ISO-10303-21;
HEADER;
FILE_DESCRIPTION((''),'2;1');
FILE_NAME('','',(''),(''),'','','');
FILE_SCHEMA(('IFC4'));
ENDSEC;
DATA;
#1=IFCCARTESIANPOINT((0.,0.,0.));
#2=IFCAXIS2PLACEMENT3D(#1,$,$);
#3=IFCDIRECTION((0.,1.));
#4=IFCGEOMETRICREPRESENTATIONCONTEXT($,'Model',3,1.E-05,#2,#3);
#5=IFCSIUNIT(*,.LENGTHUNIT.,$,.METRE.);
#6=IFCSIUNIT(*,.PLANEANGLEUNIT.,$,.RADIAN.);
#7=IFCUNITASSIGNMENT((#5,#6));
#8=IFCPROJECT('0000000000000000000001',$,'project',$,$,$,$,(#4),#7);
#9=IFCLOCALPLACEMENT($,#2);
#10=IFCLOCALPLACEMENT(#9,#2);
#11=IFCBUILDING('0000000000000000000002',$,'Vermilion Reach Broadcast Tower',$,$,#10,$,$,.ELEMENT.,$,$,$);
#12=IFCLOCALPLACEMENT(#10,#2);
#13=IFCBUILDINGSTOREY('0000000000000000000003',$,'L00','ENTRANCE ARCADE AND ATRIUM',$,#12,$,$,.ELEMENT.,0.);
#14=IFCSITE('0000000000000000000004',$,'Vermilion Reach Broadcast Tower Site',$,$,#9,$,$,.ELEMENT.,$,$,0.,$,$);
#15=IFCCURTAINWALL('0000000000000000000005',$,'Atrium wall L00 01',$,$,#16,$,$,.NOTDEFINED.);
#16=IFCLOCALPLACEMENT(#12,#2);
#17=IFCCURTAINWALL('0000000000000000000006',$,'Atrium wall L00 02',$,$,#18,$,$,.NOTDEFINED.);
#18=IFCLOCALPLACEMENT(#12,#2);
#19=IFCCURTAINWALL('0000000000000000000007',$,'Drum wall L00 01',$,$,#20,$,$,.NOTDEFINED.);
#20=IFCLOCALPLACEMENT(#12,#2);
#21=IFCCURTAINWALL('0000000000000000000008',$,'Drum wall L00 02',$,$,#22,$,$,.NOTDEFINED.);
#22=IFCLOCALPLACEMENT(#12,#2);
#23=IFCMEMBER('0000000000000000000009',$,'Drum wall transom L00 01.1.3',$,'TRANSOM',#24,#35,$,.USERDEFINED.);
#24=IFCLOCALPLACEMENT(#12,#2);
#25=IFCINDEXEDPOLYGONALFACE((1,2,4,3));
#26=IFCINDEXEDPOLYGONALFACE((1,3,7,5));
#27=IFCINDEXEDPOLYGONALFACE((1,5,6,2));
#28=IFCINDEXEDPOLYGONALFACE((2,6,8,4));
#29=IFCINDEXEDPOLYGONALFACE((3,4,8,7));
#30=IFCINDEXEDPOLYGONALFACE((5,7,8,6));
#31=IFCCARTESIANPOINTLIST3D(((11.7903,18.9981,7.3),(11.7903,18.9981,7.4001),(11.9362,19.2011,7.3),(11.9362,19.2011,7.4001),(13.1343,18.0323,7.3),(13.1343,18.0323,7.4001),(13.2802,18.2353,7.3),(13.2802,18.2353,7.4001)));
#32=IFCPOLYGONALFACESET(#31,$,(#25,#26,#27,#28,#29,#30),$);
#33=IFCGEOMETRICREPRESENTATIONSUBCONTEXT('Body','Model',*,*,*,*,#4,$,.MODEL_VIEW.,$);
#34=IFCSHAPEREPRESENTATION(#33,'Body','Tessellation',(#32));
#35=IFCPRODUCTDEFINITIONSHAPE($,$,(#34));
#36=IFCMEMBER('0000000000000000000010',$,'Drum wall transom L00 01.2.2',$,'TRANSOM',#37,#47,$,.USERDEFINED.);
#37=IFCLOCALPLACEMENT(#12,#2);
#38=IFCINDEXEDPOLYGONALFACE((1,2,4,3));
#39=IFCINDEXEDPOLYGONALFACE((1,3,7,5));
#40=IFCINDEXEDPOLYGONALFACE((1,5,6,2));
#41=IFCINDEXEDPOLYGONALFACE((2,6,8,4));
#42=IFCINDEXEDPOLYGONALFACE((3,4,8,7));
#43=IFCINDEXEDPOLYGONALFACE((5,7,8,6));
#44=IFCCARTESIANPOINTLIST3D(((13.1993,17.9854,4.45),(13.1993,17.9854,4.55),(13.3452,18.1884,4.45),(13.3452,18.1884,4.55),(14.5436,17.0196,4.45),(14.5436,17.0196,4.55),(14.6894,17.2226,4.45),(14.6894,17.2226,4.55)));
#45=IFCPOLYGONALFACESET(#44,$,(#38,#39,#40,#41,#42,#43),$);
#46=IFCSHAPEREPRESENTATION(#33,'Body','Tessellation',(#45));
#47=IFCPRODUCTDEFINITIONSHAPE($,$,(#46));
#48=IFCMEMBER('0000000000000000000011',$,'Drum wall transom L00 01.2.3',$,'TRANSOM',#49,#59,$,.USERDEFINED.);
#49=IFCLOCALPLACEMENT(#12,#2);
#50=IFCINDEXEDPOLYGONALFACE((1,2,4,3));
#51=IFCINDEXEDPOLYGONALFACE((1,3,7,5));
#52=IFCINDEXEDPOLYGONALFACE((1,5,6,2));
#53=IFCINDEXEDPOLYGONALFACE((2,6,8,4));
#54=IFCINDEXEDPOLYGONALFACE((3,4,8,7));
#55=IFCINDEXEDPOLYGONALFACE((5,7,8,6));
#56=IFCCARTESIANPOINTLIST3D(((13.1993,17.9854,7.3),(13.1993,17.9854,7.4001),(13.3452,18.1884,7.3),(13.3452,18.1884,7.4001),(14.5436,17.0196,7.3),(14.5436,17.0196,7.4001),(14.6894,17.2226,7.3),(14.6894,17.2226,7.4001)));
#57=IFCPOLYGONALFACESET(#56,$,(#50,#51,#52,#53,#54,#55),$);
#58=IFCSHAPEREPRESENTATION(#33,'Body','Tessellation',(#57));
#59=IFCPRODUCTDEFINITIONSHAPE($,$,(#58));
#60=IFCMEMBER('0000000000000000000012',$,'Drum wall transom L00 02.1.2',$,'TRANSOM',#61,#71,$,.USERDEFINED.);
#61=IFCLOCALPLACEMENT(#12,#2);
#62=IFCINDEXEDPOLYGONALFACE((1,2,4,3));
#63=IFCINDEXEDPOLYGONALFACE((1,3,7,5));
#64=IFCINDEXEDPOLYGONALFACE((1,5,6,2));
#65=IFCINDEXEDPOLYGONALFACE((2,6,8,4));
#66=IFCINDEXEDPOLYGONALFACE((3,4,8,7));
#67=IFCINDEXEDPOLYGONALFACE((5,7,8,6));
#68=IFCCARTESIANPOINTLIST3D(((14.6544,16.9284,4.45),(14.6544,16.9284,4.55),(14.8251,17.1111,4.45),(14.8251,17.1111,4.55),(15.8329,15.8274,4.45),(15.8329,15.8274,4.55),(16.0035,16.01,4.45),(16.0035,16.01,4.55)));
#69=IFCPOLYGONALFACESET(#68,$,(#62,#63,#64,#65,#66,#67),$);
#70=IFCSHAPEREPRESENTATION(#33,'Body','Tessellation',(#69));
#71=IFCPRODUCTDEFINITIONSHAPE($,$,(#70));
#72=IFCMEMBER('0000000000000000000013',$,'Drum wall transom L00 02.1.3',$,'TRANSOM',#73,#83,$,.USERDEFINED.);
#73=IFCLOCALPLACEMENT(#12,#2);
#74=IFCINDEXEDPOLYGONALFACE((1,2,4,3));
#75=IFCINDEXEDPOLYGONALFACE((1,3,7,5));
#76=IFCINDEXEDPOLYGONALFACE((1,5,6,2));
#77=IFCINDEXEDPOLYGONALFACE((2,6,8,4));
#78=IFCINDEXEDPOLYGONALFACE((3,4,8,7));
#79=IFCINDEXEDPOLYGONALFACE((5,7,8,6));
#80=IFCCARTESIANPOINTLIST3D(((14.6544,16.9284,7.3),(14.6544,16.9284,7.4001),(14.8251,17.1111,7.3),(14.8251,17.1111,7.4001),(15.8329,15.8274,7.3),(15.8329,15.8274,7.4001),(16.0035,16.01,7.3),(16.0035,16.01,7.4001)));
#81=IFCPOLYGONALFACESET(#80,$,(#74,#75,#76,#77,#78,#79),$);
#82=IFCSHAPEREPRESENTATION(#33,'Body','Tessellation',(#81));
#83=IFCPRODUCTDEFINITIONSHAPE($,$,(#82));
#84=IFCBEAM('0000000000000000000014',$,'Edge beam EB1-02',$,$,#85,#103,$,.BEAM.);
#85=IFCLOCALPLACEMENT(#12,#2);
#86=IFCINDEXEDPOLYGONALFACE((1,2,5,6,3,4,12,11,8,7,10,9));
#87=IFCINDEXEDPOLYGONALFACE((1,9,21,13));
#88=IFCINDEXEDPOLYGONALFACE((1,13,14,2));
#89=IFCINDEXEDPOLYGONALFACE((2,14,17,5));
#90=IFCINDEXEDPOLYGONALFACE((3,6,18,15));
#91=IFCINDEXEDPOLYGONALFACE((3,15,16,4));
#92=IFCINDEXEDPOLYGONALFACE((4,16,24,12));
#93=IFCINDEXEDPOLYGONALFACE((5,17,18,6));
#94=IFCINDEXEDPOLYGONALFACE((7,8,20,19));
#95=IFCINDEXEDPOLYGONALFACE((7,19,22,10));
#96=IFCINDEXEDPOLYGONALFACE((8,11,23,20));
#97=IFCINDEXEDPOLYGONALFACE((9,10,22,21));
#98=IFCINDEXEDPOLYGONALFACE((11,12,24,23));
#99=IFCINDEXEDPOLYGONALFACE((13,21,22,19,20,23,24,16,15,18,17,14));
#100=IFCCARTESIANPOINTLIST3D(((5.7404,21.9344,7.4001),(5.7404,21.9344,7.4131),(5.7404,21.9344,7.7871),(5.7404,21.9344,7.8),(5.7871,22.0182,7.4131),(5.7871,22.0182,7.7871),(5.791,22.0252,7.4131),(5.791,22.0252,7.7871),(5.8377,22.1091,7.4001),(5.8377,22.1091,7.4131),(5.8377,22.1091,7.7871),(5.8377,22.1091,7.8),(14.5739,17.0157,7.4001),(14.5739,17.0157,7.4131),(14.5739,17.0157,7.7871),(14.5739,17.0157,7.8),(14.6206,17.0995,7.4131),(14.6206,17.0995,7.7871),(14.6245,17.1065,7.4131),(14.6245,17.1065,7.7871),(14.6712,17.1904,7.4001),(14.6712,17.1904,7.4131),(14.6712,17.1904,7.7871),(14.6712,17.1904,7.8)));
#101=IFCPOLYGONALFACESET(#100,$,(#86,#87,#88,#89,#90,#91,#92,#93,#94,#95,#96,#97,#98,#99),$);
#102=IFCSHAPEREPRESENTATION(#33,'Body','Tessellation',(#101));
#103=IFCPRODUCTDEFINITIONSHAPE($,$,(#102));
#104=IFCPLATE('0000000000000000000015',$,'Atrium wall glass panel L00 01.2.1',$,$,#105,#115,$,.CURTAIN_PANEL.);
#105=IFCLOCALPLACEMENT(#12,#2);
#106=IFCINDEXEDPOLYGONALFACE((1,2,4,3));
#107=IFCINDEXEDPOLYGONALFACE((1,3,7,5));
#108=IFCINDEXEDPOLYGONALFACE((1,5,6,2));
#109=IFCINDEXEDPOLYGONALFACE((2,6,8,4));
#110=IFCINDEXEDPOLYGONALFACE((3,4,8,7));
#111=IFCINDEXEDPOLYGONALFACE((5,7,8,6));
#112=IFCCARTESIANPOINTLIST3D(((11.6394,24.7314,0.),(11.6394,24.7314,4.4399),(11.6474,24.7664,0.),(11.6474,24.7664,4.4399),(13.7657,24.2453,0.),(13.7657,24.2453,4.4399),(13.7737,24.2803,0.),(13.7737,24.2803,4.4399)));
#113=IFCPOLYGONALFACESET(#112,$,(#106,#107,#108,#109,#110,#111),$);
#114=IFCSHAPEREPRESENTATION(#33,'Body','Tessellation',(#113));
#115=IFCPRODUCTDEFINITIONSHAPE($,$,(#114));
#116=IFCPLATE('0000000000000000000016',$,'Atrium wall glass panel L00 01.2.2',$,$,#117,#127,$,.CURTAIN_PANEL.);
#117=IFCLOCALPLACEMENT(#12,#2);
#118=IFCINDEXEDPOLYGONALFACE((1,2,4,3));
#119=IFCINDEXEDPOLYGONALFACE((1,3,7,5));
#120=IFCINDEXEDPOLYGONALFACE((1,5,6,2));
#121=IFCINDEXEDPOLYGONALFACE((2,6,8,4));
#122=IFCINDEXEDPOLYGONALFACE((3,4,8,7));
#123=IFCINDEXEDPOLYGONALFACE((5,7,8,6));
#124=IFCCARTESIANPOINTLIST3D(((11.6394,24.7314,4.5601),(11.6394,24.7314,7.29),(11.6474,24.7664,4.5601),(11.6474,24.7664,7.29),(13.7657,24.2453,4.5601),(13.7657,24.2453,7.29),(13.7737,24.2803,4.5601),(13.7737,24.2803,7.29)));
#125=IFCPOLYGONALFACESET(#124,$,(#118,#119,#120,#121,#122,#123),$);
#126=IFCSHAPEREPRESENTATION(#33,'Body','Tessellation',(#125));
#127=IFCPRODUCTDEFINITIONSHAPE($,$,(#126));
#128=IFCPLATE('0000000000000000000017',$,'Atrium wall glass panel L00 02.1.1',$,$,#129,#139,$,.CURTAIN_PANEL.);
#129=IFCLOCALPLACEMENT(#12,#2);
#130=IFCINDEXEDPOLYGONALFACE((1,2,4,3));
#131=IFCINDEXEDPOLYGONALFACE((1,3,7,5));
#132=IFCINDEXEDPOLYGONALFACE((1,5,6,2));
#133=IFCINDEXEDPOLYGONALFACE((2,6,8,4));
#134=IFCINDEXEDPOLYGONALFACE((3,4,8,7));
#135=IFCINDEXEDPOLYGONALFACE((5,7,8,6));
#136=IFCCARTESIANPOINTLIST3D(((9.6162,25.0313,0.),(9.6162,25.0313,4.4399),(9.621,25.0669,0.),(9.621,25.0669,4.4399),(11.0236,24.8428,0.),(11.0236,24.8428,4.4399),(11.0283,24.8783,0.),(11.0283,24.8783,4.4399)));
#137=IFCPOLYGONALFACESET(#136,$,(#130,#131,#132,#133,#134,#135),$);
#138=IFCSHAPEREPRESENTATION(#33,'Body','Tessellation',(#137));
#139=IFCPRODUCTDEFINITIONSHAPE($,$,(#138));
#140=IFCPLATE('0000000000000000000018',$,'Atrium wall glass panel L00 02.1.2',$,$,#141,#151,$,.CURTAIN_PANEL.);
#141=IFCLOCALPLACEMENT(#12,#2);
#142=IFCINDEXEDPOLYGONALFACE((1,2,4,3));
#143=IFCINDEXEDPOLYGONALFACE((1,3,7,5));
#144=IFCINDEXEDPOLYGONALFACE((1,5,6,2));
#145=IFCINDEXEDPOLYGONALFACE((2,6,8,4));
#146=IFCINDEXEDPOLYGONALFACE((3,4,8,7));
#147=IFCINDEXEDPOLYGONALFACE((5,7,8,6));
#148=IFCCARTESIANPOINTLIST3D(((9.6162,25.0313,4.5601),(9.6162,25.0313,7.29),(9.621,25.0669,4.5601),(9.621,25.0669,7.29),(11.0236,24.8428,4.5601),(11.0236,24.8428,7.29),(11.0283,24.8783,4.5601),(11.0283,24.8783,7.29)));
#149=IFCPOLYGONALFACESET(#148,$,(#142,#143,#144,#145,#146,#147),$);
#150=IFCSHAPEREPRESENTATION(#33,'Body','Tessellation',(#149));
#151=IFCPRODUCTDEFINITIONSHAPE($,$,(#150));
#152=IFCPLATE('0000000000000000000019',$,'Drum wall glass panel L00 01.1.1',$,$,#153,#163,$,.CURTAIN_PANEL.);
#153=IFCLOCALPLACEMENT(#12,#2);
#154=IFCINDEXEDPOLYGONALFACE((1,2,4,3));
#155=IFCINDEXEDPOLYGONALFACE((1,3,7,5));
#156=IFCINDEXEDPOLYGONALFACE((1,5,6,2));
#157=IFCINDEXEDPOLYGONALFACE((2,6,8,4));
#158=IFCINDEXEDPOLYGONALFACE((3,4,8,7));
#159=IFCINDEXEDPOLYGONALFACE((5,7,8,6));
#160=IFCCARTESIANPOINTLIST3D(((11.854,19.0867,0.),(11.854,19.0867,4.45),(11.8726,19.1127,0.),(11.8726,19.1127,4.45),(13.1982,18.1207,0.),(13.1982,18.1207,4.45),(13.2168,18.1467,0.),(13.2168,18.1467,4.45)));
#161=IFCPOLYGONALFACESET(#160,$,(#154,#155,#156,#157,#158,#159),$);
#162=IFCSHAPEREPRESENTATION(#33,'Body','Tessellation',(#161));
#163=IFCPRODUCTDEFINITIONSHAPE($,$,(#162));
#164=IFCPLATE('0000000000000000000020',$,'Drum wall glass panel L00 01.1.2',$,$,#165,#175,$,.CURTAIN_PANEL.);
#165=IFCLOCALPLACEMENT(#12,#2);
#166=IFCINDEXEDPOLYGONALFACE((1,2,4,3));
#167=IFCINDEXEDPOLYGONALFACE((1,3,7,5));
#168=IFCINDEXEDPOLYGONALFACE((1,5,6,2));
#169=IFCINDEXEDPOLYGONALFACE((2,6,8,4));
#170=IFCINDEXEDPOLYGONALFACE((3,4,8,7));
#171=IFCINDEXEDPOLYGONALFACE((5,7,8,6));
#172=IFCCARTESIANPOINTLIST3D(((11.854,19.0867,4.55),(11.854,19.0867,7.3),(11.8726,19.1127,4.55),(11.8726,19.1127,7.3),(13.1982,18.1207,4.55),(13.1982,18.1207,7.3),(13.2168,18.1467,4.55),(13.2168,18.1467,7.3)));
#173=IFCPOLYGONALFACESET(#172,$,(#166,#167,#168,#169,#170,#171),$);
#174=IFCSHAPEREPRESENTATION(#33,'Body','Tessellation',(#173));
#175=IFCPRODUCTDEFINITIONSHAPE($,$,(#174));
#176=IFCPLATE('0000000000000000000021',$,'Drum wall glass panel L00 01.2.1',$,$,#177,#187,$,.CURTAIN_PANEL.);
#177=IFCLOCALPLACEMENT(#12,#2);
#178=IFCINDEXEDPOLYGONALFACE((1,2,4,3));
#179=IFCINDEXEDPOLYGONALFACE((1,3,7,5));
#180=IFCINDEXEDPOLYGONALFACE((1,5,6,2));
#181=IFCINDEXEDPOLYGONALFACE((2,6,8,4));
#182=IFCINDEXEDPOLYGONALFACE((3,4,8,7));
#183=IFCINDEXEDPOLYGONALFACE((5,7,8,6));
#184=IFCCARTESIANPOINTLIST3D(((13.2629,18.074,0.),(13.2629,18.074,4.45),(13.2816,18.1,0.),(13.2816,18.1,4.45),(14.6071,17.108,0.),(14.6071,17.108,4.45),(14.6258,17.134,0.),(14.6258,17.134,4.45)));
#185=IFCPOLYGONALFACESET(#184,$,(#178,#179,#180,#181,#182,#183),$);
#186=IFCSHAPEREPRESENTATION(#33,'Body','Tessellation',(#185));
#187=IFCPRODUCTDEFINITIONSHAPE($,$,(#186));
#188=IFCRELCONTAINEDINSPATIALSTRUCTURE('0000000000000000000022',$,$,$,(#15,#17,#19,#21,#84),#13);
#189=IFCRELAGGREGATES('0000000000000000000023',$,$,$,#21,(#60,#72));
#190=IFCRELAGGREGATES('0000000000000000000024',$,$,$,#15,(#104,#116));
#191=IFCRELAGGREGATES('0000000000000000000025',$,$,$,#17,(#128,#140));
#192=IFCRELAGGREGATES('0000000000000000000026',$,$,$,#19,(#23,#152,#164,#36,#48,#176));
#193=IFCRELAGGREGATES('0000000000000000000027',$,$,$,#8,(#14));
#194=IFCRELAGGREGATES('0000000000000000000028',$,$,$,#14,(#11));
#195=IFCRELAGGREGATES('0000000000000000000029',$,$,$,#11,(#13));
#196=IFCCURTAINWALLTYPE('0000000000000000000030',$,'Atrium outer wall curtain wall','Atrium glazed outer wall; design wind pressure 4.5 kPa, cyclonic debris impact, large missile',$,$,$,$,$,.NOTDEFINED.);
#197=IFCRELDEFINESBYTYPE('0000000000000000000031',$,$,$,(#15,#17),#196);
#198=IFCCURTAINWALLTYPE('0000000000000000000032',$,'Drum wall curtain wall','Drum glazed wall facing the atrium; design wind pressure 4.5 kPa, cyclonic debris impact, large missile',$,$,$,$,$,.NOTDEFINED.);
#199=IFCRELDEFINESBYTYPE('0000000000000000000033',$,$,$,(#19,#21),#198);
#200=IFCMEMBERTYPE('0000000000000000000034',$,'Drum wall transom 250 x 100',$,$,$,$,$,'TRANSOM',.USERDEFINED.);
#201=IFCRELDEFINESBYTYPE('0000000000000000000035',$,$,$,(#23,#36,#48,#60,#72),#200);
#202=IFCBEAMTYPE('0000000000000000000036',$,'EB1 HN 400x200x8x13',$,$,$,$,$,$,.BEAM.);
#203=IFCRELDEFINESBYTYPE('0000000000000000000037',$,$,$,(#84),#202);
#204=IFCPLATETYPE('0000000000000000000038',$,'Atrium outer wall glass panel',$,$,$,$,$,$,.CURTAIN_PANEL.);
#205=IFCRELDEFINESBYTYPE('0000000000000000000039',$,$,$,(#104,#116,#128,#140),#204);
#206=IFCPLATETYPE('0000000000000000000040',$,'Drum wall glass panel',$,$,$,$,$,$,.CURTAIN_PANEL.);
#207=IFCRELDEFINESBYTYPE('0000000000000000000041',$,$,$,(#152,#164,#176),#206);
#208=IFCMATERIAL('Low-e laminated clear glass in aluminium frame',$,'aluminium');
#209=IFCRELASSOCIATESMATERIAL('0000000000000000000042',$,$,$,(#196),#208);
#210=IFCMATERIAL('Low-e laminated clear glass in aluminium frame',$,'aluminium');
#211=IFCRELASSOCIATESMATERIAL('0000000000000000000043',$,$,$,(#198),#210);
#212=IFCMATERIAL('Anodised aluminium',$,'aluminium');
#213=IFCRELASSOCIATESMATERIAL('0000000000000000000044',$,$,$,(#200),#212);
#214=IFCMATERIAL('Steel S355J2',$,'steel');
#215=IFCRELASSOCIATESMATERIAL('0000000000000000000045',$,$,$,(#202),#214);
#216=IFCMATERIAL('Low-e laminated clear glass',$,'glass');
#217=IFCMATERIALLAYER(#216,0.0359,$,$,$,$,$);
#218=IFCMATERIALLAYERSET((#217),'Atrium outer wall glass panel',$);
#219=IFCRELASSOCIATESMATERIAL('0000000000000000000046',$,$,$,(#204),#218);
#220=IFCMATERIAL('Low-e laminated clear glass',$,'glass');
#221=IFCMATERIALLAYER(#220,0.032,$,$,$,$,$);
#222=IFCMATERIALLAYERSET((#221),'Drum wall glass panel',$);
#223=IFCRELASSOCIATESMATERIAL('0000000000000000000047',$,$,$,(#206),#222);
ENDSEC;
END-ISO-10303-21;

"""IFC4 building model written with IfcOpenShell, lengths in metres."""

from ifc_helpers import new_model, si_unit, direction, frame, origin, origin_2d, place, context, subcontext, project, spatial, rectangle, i_section, extrude, material, layer, layer_set, material_profile, profile_set, type_object, element, aggregate, save


model = new_model("IFC4")

# Units and contexts
model_context = context("Model", 3, precision=1e-05, world=origin(), true_north=direction((0.0, 1.0)))
body_context = subcontext(model_context, "Body", "Model", "MODEL_VIEW")
ifc_project = project(units=[si_unit("LENGTHUNIT", "METRE"), si_unit("PLANEANGLEUNIT", "RADIAN")], contexts=[model_context])

# Site, building, storey
site_placement = place(None, origin())
site = spatial("IfcSite", under=ifc_project, at=site_placement, Name="Vermilion Reach Broadcast Tower Site", CompositionType="ELEMENT", RefElevation=0.0)
building_placement = place(site_placement, origin())
building = spatial("IfcBuilding", under=site, at=building_placement, Name="Vermilion Reach Broadcast Tower", CompositionType="ELEMENT")
storey_placement = place(building_placement, origin())
storey = spatial("IfcBuildingStorey", under=building, at=storey_placement, Name="L00", Description="ENTRANCE ARCADE AND ATRIUM", CompositionType="ELEMENT", Elevation=0.0)

# Curtain wall
ifc_material_1 = material(Name="Low-e laminated clear glass in aluminium frame", Category="aluminium")
curtain_wall_type_1 = type_object("IfcCurtainWallType", Name="Atrium outer wall curtain wall", Description="Atrium glazed outer wall; design wind pressure 4.5 kPa, cyclonic debris impact, large missile", PredefinedType="NOTDEFINED", material=ifc_material_1)
placement = place(storey_placement, origin())
curtain_wall_1 = element("IfcCurtainWall", 1, at=placement, inside=storey, type_object=curtain_wall_type_1, Name="Atrium wall L00 01", PredefinedType="NOTDEFINED")

# Curtain wall
curtain_wall_2 = element("IfcCurtainWall", 2, at=placement, inside=storey, type_object=curtain_wall_type_1, Name="Atrium wall L00 02", PredefinedType="NOTDEFINED")

# Curtain wall
ifc_material_2 = material(Name="Low-e laminated clear glass in aluminium frame", Category="aluminium")
curtain_wall_type_2 = type_object("IfcCurtainWallType", Name="Drum wall curtain wall", Description="Drum glazed wall facing the atrium; design wind pressure 4.5 kPa, cyclonic debris impact, large missile", PredefinedType="NOTDEFINED", material=ifc_material_2)
curtain_wall_3 = element("IfcCurtainWall", 3, at=placement, inside=storey, type_object=curtain_wall_type_2, Name="Drum wall L00 01", PredefinedType="NOTDEFINED")

# Curtain wall
curtain_wall_4 = element("IfcCurtainWall", 4, at=placement, inside=storey, type_object=curtain_wall_type_2, Name="Drum wall L00 02", PredefinedType="NOTDEFINED")

# Members
ifc_material_3 = material(Name="Anodised aluminium", Category="aluminium")
ifc_material_profile_1 = material_profile(ifc_material_3, rectangle(XDim=0.25, YDim=0.1001, at=origin_2d()), Name="Drum wall transom 250 x 100")
ifc_profile_set_1 = profile_set([ifc_material_profile_1], Name="Anodised aluminium")
member_type_1 = type_object("IfcMemberType", Name="Drum wall transom 250 x 100", ElementType="TRANSOM", PredefinedType="USERDEFINED", material=ifc_profile_set_1)
member_1_placement = place(storey_placement, frame((11.8633, 19.0996, 7.3501), z_axis=(0.812066, -0.583566, 0.0), x_axis=(0.583566, 0.812066, 0.0)))
member_1 = element("IfcMember", 5, at=member_1_placement, type_object=member_type_1, Name="Drum wall transom L00 01.1.3", ObjectType="TRANSOM", PredefinedType="USERDEFINED", context=body_context, shape_type="SweptSolid", body=[
    extrude(rectangle(XDim=0.25, YDim=0.1001, at=origin_2d()), origin(), (0.0, 0.0, 1.0), 1.655),
])
member_2_placement = place(storey_placement, frame((13.2722, 18.0869, 4.5), z_axis=(0.812116, -0.583496, 0.0), x_axis=(0.583496, 0.812116, 0.0)))
member_2 = element("IfcMember", 6, at=member_2_placement, type_object=member_type_1, Name="Drum wall transom L00 01.2.2", ObjectType="TRANSOM", PredefinedType="USERDEFINED", context=body_context, shape_type="SweptSolid", body=[
    extrude(rectangle(XDim=0.25, YDim=0.1001, at=origin_2d()), origin(), (0.0, 0.0, 1.0), 1.6553),
])
member_3_placement = place(storey_placement, frame((13.2722, 18.0869, 7.3501), z_axis=(0.812116, -0.583496, 0.0), x_axis=(0.583496, 0.812116, 0.0)))
member_3 = element("IfcMember", 7, at=member_3_placement, type_object=member_type_1, Name="Drum wall transom L00 01.2.3", ObjectType="TRANSOM", PredefinedType="USERDEFINED", context=body_context, shape_type="SweptSolid", body=[
    extrude(rectangle(XDim=0.25, YDim=0.1001, at=origin_2d()), origin(), (0.0, 0.0, 1.0), 1.6553),
])
member_4_placement = place(storey_placement, frame((14.7397, 17.0198, 4.5), z_axis=(0.730693, -0.682706, 0.0), x_axis=(0.682706, 0.730693, 0.0)))
member_4 = element("IfcMember", 8, at=member_4_placement, type_object=member_type_1, Name="Drum wall transom L00 02.1.2", ObjectType="TRANSOM", PredefinedType="USERDEFINED", context=body_context, shape_type="SweptSolid", body=[
    extrude(rectangle(XDim=0.25, YDim=0.1001, at=origin_2d()), origin(), (0.0, 0.0, 1.0), 1.6128),
])
member_5_placement = place(storey_placement, frame((14.7397, 17.0198, 7.3501), z_axis=(0.730693, -0.682706, 0.0), x_axis=(0.682706, 0.730693, 0.0)))
member_5 = element("IfcMember", 9, at=member_5_placement, type_object=member_type_1, Name="Drum wall transom L00 02.1.3", ObjectType="TRANSOM", PredefinedType="USERDEFINED", context=body_context, shape_type="SweptSolid", body=[
    extrude(rectangle(XDim=0.25, YDim=0.1001, at=origin_2d()), origin(), (0.0, 0.0, 1.0), 1.6128),
])
aggregate(curtain_wall_4, [member_4, member_5])

# Beam
ifc_material_4 = material(Name="Steel S355J2", Category="steel")
ifc_material_profile_2 = material_profile(ifc_material_4, i_section(OverallWidth=0.2, OverallDepth=0.3999, WebThickness=0.0081, FlangeThickness=0.0129, at=origin_2d()), Name="S355J2 HN 400x200x8x13")
ifc_profile_set_2 = profile_set([ifc_material_profile_2], Name="Steel S355J2")
beam_type = type_object("IfcBeamType", Name="EB1 HN 400x200x8x13", PredefinedType="BEAM", material=ifc_profile_set_2)
beam_placement = place(storey_placement, frame((14.6226, 17.103, 7.6001), z_axis=(-0.873686, 0.486489, 0.0), x_axis=(-0.486489, -0.873686, 0.0)))
element("IfcBeam", 10, at=beam_placement, inside=storey, type_object=beam_type, Name="Edge beam EB1-02", PredefinedType="BEAM", context=body_context, shape_type="SweptSolid", body=[
    extrude(i_section(OverallWidth=0.2, OverallDepth=0.3999, WebThickness=0.0081, FlangeThickness=0.0129, at=origin_2d()), origin(), (0.0, 0.0, 1.0), 10.1106),
])

# Plates
ifc_material_5 = material(Name="Low-e laminated clear glass", Category="glass")
ifc_layer_1 = layer(ifc_material_5, 0.0359)
ifc_layer_set_1 = layer_set([ifc_layer_1], Name="Atrium outer wall glass panel")
plate_type_1 = type_object("IfcPlateType", Name="Atrium outer wall glass panel", PredefinedType="CURTAIN_PANEL", material=ifc_layer_set_1)
plate_1_placement = place(storey_placement, frame((12.7065, 24.5059, 0.0), z_axis=(0.0, 0.0, 1.0), x_axis=(-0.974843, 0.222892, 0.0)))
plate_1 = element("IfcPlate", 11, at=plate_1_placement, type_object=plate_type_1, Name="Atrium wall glass panel L00 01.2.1", PredefinedType="CURTAIN_PANEL", context=body_context, shape_type="SweptSolid", body=[
    extrude(rectangle(XDim=2.1812, YDim=0.0359, at=origin_2d()), origin(), (0.0, 0.0, 1.0), 4.4399),
])
plate_2_placement = place(storey_placement, frame((12.7065, 24.5059, 4.5601), z_axis=(0.0, 0.0, 1.0), x_axis=(-0.974843, 0.222892, 0.0)))
plate_2 = element("IfcPlate", 12, at=plate_2_placement, type_object=plate_type_1, Name="Atrium wall glass panel L00 01.2.2", PredefinedType="CURTAIN_PANEL", context=body_context, shape_type="SweptSolid", body=[
    extrude(rectangle(XDim=2.1812, YDim=0.0359, at=origin_2d()), origin(), (0.0, 0.0, 1.0), 2.73),
])
aggregate(curtain_wall_1, [plate_1, plate_2])
plate_3_placement = place(storey_placement, frame((10.3223, 24.9548, 0.0), z_axis=(0.0, 0.0, 1.0), x_axis=(-0.991144, 0.132794, 0.0)))
plate_3 = element("IfcPlate", 13, at=plate_3_placement, type_object=plate_type_1, Name="Atrium wall glass panel L00 02.1.1", PredefinedType="CURTAIN_PANEL", context=body_context, shape_type="SweptSolid", body=[
    extrude(rectangle(XDim=1.4199, YDim=0.0359, at=origin_2d()), origin(), (0.0, 0.0, 1.0), 4.4399),
])
plate_4_placement = place(storey_placement, frame((10.3223, 24.9548, 4.5601), z_axis=(0.0, 0.0, 1.0), x_axis=(-0.991144, 0.132794, 0.0)))
plate_4 = element("IfcPlate", 14, at=plate_4_placement, type_object=plate_type_1, Name="Atrium wall glass panel L00 02.1.2", PredefinedType="CURTAIN_PANEL", context=body_context, shape_type="SweptSolid", body=[
    extrude(rectangle(XDim=1.4199, YDim=0.0359, at=origin_2d()), origin(), (0.0, 0.0, 1.0), 2.73),
])
aggregate(curtain_wall_2, [plate_3, plate_4])
ifc_material_6 = material(Name="Low-e laminated clear glass", Category="glass")
ifc_layer_2 = layer(ifc_material_6, 0.032)
ifc_layer_set_2 = layer_set([ifc_layer_2], Name="Drum wall glass panel")
plate_type_2 = type_object("IfcPlateType", Name="Drum wall glass panel", PredefinedType="CURTAIN_PANEL", material=ifc_layer_set_2)
plate_5_placement = place(storey_placement, frame((12.5354, 18.6167, 0.0), z_axis=(0.0, 0.0, 1.0), x_axis=(0.812051, -0.583587, 0.0)))
plate_5 = element("IfcPlate", 15, at=plate_5_placement, type_object=plate_type_2, Name="Drum wall glass panel L00 01.1.1", PredefinedType="CURTAIN_PANEL", context=body_context, shape_type="SweptSolid", body=[
    extrude(rectangle(XDim=1.6553, YDim=0.032, at=origin_2d()), origin(), (0.0, 0.0, 1.0), 4.45),
])
plate_6_placement = place(storey_placement, frame((12.5354, 18.6167, 4.55), z_axis=(0.0, 0.0, 1.0), x_axis=(0.812051, -0.583587, 0.0)))
plate_6 = element("IfcPlate", 16, at=plate_6_placement, type_object=plate_type_2, Name="Drum wall glass panel L00 01.1.2", PredefinedType="CURTAIN_PANEL", context=body_context, shape_type="SweptSolid", body=[
    extrude(rectangle(XDim=1.6553, YDim=0.032, at=origin_2d()), origin(), (0.0, 0.0, 1.0), 2.75),
])
plate_7_placement = place(storey_placement, frame((13.9443, 17.604, 0.0), z_axis=(0.0, 0.0, 1.0), x_axis=(0.812051, -0.583587, 0.0)))
plate_7 = element("IfcPlate", 17, at=plate_7_placement, type_object=plate_type_2, Name="Drum wall glass panel L00 01.2.1", PredefinedType="CURTAIN_PANEL", context=body_context, shape_type="SweptSolid", body=[
    extrude(rectangle(XDim=1.6553, YDim=0.032, at=origin_2d()), origin(), (0.0, 0.0, 1.0), 4.45),
])
aggregate(curtain_wall_3, [member_1, plate_5, plate_6, member_2, member_3, plate_7])

save(model, "model.ifc")
